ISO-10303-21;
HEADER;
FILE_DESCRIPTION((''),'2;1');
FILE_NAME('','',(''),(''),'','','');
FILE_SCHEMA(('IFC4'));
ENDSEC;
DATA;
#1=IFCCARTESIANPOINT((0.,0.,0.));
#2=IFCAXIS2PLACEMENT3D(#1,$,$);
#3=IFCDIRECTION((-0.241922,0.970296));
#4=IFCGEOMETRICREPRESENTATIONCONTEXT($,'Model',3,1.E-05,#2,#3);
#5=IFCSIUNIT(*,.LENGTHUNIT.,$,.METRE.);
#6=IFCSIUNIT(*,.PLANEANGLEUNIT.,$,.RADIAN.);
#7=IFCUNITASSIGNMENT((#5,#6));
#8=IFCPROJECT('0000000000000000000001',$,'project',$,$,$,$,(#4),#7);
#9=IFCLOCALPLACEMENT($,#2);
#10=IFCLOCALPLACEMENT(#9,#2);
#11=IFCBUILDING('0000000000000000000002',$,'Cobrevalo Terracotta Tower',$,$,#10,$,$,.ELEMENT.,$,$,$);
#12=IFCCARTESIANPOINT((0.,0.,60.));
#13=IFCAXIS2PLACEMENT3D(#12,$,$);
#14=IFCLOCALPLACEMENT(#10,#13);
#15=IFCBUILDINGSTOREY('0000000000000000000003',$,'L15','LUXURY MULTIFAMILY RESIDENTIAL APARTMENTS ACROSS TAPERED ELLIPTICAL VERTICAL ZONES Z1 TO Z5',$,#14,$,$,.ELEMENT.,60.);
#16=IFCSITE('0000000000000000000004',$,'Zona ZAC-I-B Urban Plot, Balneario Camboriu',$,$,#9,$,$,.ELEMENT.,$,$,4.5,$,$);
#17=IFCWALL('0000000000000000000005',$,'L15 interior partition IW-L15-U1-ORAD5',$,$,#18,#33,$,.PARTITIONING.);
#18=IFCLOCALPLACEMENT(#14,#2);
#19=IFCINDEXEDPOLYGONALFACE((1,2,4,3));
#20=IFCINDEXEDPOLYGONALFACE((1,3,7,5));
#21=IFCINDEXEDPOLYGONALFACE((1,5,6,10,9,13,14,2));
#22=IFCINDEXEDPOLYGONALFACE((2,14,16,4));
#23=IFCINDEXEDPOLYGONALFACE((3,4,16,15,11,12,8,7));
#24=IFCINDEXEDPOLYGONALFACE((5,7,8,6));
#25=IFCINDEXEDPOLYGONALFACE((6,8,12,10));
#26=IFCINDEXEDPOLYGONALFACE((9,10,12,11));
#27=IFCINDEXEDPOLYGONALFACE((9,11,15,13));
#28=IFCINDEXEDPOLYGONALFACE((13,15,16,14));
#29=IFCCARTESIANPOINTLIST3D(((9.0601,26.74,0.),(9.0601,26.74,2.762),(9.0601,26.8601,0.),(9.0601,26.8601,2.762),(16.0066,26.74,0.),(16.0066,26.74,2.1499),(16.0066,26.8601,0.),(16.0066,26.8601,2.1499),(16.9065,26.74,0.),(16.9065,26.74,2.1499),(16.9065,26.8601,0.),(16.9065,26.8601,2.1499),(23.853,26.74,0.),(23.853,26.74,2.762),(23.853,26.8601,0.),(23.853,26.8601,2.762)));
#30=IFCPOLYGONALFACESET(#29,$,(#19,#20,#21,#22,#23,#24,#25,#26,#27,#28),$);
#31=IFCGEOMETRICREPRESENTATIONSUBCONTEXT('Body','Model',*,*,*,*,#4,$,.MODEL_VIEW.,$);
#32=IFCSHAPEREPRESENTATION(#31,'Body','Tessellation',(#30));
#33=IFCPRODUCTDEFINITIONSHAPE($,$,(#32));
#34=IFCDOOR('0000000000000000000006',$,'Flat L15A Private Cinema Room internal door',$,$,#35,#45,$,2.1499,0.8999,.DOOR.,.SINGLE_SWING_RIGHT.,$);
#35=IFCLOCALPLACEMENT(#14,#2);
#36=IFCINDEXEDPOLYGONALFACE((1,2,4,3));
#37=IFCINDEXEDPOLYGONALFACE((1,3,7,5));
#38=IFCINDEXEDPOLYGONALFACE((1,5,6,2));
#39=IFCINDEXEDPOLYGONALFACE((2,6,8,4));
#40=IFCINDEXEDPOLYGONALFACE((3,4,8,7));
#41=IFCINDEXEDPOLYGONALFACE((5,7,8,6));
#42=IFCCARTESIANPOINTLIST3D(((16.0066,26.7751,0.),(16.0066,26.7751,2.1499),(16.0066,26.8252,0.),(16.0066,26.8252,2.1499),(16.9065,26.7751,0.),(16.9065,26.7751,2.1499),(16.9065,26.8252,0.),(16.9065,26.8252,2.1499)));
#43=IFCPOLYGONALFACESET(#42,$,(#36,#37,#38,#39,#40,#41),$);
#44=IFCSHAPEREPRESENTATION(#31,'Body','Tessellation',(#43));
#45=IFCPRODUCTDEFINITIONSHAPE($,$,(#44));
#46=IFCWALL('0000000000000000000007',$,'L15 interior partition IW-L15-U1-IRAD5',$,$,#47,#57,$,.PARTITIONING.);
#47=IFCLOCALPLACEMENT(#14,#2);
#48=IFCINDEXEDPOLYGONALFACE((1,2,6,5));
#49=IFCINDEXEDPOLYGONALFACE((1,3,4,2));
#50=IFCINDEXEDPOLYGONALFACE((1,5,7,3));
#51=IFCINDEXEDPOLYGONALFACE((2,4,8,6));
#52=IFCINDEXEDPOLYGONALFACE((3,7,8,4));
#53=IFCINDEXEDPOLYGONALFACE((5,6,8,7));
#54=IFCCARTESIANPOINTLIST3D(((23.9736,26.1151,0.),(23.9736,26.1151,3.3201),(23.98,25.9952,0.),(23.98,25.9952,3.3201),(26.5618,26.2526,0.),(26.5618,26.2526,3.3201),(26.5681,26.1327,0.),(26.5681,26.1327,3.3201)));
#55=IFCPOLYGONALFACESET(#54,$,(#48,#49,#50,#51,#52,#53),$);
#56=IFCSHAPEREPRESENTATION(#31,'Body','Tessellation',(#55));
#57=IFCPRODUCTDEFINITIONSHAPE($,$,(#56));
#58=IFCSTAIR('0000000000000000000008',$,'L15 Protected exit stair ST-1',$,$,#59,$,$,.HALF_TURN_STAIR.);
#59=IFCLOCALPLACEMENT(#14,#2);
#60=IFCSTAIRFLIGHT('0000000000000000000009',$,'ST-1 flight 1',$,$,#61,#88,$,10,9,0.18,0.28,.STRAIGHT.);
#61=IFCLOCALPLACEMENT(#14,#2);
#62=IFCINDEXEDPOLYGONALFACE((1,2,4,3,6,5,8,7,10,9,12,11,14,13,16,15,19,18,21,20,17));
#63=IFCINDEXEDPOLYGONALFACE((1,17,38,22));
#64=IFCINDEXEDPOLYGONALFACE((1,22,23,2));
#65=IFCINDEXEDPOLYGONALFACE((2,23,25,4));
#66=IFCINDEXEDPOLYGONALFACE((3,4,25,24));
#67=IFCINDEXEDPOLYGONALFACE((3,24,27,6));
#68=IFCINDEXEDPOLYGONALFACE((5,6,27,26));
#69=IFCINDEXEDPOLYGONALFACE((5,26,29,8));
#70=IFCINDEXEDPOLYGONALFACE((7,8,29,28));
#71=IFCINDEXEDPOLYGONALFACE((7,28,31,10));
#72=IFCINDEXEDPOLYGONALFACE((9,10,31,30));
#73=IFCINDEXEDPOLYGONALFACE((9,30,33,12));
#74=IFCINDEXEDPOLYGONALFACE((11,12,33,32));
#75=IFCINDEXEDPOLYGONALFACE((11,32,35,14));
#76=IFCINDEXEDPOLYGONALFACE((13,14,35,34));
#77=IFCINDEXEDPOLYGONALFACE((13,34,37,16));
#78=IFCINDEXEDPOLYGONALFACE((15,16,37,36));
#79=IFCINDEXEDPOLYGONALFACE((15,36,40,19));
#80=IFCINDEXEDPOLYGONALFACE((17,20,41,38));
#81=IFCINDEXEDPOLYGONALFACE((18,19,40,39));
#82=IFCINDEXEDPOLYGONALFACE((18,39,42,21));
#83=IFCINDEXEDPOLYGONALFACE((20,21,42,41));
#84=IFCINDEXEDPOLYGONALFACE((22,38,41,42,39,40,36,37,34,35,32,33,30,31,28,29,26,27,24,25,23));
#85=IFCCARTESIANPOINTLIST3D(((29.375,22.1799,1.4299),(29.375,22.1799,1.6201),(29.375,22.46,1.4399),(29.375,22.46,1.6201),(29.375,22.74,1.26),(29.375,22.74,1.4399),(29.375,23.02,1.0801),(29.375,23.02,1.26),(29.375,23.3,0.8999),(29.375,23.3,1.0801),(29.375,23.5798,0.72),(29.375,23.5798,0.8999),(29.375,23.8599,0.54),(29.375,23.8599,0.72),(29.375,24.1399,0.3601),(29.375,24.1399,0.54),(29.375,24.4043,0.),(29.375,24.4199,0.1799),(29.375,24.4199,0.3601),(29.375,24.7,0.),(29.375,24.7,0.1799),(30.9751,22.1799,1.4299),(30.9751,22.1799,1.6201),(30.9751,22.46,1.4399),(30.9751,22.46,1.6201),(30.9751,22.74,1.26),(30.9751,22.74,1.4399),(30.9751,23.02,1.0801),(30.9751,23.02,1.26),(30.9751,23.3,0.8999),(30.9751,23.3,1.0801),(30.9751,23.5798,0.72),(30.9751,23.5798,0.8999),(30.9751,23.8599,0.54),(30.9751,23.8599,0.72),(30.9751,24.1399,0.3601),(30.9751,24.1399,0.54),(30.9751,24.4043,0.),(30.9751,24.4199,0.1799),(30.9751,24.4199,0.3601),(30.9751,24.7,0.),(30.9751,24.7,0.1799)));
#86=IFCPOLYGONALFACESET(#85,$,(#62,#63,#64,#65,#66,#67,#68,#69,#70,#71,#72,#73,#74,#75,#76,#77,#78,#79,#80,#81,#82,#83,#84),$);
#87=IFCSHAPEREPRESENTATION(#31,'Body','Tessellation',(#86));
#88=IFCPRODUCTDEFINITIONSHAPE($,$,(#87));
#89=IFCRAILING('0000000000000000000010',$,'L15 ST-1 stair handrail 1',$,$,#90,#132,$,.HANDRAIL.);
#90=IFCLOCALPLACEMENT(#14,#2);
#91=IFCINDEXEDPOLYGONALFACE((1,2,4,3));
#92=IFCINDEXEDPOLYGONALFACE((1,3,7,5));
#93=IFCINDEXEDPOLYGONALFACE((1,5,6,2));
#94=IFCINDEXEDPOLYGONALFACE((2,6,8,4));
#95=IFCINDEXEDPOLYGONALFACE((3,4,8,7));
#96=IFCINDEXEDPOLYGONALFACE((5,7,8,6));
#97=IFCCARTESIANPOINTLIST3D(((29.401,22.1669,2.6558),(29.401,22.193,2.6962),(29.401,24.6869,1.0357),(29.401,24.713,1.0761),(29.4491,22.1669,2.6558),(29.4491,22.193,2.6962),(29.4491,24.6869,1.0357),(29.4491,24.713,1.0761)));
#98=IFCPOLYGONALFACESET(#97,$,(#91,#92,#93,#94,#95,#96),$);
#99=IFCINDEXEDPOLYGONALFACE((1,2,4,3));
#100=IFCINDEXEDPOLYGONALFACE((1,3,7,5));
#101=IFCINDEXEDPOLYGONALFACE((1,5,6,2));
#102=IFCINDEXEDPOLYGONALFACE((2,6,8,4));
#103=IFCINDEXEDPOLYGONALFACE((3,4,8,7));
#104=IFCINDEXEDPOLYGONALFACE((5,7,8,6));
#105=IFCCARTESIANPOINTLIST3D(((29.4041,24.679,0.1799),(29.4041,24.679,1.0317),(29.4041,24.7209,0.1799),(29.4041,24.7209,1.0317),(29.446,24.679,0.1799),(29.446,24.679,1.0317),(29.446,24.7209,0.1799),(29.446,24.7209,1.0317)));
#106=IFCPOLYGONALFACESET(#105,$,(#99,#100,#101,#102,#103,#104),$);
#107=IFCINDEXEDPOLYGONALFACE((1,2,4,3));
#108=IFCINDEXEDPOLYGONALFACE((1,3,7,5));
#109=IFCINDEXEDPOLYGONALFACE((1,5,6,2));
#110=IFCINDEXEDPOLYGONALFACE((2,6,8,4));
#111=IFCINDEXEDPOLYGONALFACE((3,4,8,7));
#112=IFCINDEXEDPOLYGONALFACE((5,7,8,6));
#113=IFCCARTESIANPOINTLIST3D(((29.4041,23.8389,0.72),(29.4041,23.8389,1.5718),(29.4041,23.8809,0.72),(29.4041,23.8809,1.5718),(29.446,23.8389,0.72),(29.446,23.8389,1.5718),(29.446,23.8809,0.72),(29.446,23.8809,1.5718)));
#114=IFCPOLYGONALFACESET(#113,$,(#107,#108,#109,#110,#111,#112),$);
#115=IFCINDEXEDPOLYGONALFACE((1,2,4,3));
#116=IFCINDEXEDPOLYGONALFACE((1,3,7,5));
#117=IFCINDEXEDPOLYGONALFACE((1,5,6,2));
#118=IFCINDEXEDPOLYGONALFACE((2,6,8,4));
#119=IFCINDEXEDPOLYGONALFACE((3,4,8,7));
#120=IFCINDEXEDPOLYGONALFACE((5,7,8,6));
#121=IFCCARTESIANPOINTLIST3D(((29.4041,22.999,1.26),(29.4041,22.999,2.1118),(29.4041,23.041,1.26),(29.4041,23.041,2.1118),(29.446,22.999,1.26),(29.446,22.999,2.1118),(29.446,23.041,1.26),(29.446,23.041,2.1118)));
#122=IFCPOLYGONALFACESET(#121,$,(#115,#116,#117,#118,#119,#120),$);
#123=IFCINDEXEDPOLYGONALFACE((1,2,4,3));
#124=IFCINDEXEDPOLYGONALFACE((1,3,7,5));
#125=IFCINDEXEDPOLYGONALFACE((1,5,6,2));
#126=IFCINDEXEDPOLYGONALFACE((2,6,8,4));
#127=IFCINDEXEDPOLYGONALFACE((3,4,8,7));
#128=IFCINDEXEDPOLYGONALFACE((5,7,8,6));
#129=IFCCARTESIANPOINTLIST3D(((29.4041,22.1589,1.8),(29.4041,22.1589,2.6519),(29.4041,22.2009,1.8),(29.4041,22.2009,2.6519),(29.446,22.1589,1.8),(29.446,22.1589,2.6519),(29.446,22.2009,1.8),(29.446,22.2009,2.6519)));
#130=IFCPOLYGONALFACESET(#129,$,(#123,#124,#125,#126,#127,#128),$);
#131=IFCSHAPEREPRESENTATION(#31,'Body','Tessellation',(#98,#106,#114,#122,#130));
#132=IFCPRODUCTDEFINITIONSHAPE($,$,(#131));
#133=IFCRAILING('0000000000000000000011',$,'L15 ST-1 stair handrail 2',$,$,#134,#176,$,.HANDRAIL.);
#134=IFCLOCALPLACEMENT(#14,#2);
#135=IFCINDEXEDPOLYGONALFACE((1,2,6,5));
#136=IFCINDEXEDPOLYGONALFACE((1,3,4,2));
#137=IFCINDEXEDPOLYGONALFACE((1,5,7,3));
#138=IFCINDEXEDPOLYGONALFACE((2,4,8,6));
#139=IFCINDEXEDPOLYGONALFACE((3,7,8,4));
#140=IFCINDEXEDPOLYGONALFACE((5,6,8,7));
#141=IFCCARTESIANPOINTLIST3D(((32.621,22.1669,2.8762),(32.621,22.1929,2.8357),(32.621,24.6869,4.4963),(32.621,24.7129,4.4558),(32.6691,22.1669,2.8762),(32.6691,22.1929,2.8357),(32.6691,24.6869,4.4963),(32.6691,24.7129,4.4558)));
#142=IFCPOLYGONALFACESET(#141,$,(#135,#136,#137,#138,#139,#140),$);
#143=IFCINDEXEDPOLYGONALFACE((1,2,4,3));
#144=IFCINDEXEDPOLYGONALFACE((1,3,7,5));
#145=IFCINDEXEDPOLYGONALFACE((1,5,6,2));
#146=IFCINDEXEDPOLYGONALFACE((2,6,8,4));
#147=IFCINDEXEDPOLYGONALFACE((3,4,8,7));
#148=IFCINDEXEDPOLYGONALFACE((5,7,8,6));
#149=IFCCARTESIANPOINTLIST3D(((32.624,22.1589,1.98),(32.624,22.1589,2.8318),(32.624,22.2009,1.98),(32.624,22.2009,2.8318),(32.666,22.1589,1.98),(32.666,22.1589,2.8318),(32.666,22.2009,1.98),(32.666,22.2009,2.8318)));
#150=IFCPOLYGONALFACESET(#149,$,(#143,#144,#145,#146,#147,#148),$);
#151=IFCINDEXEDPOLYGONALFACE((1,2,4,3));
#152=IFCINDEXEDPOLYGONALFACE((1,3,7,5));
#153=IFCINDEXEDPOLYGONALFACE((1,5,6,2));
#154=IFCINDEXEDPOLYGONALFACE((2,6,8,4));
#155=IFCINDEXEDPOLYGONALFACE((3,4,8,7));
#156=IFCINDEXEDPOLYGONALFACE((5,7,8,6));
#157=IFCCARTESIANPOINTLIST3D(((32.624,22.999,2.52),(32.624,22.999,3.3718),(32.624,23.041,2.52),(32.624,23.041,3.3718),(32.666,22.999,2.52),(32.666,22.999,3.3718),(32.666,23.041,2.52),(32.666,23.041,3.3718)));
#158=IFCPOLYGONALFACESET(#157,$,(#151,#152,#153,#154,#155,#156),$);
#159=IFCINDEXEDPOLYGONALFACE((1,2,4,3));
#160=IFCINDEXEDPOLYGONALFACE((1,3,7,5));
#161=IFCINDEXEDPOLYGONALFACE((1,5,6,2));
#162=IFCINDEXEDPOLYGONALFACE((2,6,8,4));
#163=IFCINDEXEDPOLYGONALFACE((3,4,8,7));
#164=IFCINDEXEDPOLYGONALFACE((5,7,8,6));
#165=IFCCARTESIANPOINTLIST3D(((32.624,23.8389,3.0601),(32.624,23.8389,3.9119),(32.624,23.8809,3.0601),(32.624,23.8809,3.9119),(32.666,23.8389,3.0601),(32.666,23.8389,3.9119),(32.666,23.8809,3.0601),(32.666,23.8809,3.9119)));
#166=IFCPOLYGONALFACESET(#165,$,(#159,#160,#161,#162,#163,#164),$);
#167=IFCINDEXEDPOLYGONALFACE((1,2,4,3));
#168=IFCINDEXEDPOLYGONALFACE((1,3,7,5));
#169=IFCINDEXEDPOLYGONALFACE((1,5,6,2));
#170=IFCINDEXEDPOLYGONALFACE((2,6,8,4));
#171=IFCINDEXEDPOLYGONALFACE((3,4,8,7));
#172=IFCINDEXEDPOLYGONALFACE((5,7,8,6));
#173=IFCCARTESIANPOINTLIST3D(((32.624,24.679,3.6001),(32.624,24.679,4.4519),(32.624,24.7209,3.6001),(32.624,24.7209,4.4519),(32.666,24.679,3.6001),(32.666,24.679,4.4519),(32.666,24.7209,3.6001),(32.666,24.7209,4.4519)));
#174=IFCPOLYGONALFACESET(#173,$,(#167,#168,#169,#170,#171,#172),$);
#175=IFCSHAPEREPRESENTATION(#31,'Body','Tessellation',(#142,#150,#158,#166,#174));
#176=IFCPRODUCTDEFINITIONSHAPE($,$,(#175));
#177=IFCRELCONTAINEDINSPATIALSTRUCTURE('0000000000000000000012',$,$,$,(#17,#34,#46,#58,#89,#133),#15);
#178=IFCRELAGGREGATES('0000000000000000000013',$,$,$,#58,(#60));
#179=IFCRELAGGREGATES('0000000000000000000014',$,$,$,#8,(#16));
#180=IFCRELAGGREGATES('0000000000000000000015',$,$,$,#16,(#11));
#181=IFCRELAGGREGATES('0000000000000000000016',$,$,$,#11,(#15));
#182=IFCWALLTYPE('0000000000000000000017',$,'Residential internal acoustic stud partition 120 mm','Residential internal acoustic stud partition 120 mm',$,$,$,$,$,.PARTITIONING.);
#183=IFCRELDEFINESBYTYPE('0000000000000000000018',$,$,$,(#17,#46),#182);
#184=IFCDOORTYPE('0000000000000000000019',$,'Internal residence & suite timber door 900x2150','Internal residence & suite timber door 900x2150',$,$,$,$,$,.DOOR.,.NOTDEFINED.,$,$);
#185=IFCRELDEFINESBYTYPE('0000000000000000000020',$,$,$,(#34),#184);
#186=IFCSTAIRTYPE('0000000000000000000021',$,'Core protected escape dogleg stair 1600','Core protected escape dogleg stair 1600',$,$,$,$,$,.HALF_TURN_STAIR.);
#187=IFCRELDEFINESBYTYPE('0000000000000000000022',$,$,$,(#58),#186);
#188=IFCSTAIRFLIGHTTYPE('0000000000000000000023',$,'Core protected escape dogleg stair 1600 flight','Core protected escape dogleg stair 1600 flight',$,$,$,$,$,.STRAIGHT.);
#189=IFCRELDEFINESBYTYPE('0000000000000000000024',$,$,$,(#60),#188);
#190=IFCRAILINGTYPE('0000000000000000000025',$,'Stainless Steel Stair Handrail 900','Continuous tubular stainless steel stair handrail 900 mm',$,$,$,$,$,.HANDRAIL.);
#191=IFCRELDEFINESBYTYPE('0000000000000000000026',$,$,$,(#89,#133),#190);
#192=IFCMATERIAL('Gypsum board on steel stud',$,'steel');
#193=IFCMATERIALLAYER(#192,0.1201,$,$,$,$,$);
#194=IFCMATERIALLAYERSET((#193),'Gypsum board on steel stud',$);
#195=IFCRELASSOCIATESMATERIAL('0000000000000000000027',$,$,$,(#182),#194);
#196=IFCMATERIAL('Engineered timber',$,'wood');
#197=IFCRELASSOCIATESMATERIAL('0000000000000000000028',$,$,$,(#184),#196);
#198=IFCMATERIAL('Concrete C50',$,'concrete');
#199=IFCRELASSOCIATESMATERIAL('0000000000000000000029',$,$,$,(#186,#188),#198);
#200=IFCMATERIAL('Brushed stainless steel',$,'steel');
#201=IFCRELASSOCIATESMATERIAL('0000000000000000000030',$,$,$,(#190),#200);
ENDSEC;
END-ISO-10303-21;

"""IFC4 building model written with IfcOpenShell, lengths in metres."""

from ifc_helpers import new_model, si_unit, direction, frame, frame_2d, origin, origin_2d, place, context, subcontext, project, spatial, polyline, rectangle, outline, extrude, source, transform, mapped, material, layer, layer_set, type_object, element, fill, aggregate, save


model = new_model("IFC4")

# Units and contexts
model_context = context("Model", 3, precision=1e-05, world=origin(), true_north=direction((-0.241922, 0.970296)))
body_context = subcontext(model_context, "Body", "Model", "MODEL_VIEW")
ifc_project = project(units=[si_unit("LENGTHUNIT", "METRE"), si_unit("PLANEANGLEUNIT", "RADIAN")], contexts=[model_context])

# Site, building, storey
site_placement = place(None, origin())
site = spatial("IfcSite", under=ifc_project, at=site_placement, Name="Zona ZAC-I-B Urban Plot, Balneario Camboriu", CompositionType="ELEMENT", RefElevation=4.5)
building_placement = place(site_placement, origin())
building = spatial("IfcBuilding", under=site, at=building_placement, Name="Cobrevalo Terracotta Tower", CompositionType="ELEMENT")
storey_placement = place(building_placement, frame((0.0, 0.0, 60.0)))
storey = spatial("IfcBuildingStorey", under=building, at=storey_placement, Name="L15", Description="LUXURY MULTIFAMILY RESIDENTIAL APARTMENTS ACROSS TAPERED ELLIPTICAL VERTICAL ZONES Z1 TO Z5", CompositionType="ELEMENT", Elevation=60.0)

# Shared definitions
ifc_material_1 = material(Name="Gypsum board on steel stud", Category="steel")

# Shared definitions
ifc_material_2 = material(Name="Brushed stainless steel", Category="steel")

# Wall, opening, door
ifc_layer_1 = layer(ifc_material_1, 0.1201)
ifc_layer_set_1 = layer_set([ifc_layer_1], Name="Gypsum board on steel stud")
wall_type_1 = type_object("IfcWallType", Name="Residential internal acoustic stud partition 120 mm", Description="Residential internal acoustic stud partition 120 mm", PredefinedType="PARTITIONING", material=ifc_layer_set_1)
ifc_material_3 = material(Name="Engineered timber", Category="wood")
door_type_1 = type_object("IfcDoorType", Name="Internal residence & suite timber door 900x2150", Description="Internal residence & suite timber door 900x2150", OperationType="NOTDEFINED", PredefinedType="DOOR", material=ifc_material_3)
shared_shape_1 = source(origin(), body_context, "Body", "SweptSolid", [
    extrude(rectangle(XDim=0.8999, YDim=2.1499, at=frame_2d((0.45, 1.075))), frame((0.0, 0.0249, 0.0), z_axis=(0.0, -1.0, 0.0), x_axis=(1.0, 0.0, 0.0)), (0.0, 0.0, 1.0), 0.05),
])
wall_1_placement = place(storey_placement, frame((23.853, 26.8, 0.0), z_axis=(0.0, 0.0, 1.0), x_axis=(-1.0, 0.0, 0.0)))
wall_1 = element("IfcWall", 1, at=wall_1_placement, inside=storey, type_object=wall_type_1, Name="L15 interior partition IW-L15-U1-ORAD5", PredefinedType="PARTITIONING", context=body_context, shape_type="SweptSolid", body=[
    extrude(rectangle(XDim=14.793, YDim=0.1201, at=frame_2d((7.3965, 0.0))), origin(), (0.0, 0.0, 1.0), 2.762),
])
opening_1_placement = place(wall_1_placement, frame((6.9465, 0.0, 0.0)))
opening_1 = element("IfcOpeningElement", 2, at=opening_1_placement, cuts=wall_1, PredefinedType="OPENING", context=body_context, shape_type="SweptSolid", body=[
    extrude(rectangle(XDim=0.8999, YDim=2.1499, at=frame_2d((0.45, 1.075))), frame((0.0, 0.0701, 0.0), z_axis=(0.0, -1.0, 0.0), x_axis=(1.0, 0.0, 0.0)), (0.0, 0.0, 1.0), 0.1401),
])
door_1_placement = place(opening_1_placement, origin())
door_1 = element("IfcDoor", 3, at=door_1_placement, inside=storey, type_object=door_type_1, Name="Flat L15A Private Cinema Room internal door", OperationType="SINGLE_SWING_RIGHT", OverallHeight=2.1499, OverallWidth=0.8999, PredefinedType="DOOR", context=body_context, shape_type="MappedRepresentation", body=[
    mapped(shared_shape_1, transform((0.0, 0.0, 0.0), scale=1.0)),
])
fill(opening_1, door_1)

# Wall
wall_2_placement = place(storey_placement, frame((26.5649, 26.1926, 0.0), z_axis=(0.0, 0.0, 1.0), x_axis=(-0.998593, -0.053033, 0.0)))
element("IfcWall", 4, at=wall_2_placement, inside=storey, type_object=wall_type_1, Name="L15 interior partition IW-L15-U1-IRAD5", PredefinedType="PARTITIONING", context=body_context, shape_type="SweptSolid", body=[
    extrude(rectangle(XDim=2.5918, YDim=0.1201, at=frame_2d((1.2959, 0.0))), origin(), (0.0, 0.0, 1.0), 3.3201),
])

# Shared definitions
ifc_material_4 = material(Name="Concrete C50", Category="concrete")

# Stair, stair flight
stair_type = type_object("IfcStairType", Name="Core protected escape dogleg stair 1600", Description="Core protected escape dogleg stair 1600", PredefinedType="HALF_TURN_STAIR", material=ifc_material_4)
stair_placement = place(storey_placement, origin())
stair = element("IfcStair", 5, at=stair_placement, inside=storey, type_object=stair_type, Name="L15 Protected exit stair ST-1", PredefinedType="HALF_TURN_STAIR")
stair_flight_type = type_object("IfcStairFlightType", Name="Core protected escape dogleg stair 1600 flight", Description="Core protected escape dogleg stair 1600 flight", PredefinedType="STRAIGHT", material=ifc_material_4)
stair_flight_placement = place(storey_placement, frame((30.175, 24.7, 0.0), z_axis=(0.0, 0.0, 1.0), x_axis=(0.0, -1.0, 0.0)))
stair_flight = element("IfcStairFlight", 6, at=stair_flight_placement, type_object=stair_flight_type, Name="ST-1 flight 1", NumberOfRisers=10, NumberOfTreads=9, PredefinedType="STRAIGHT", RiserHeight=0.18, TreadLength=0.28, context=body_context, shape_type="SweptSolid", body=[
    extrude(outline(polyline([(0.0, 0.0), (0.0, 0.1799), (0.28, 0.1799), (0.28, 0.3601), (0.5601, 0.3601), (0.5601, 0.54), (0.8401, 0.54), (0.8401, 0.72), (1.1201, 0.72), (1.1201, 0.8999), (1.3999, 0.8999), (1.3999, 1.0801), (1.6799, 1.0801), (1.6799, 1.26), (1.96, 1.26), (1.96, 1.4399), (2.24, 1.4399), (2.24, 1.6201), (2.52, 1.6201), (2.52, 1.8), (2.52, 1.4299), (0.2957, 0.0), (0.0, 0.0)])), frame((0.0, 0.8, 0.0), z_axis=(0.0, -1.0, 0.0), x_axis=(1.0, 0.0, 0.0)), (0.0, 0.0, 1.0), 1.6001),
])
aggregate(stair, [stair_flight])

# Railings
railing_type_1 = type_object("IfcRailingType", Name="Stainless Steel Stair Handrail 900", Description="Continuous tubular stainless steel stair handrail 900 mm", PredefinedType="HANDRAIL", material=ifc_material_2)
railing_1_placement = place(storey_placement, frame((29.425, 24.7, 0.1799)))
element("IfcRailing", 7, at=railing_1_placement, inside=storey, type_object=railing_type_1, Name="L15 ST-1 stair handrail 1", PredefinedType="HANDRAIL", context=body_context, shape_type="SweptSolid", body=[
    extrude(rectangle(XDim=0.0481, YDim=0.0481, at=origin_2d()), frame((0.0, 0.0, 0.876), z_axis=(0.0, -0.841163, 0.540782), x_axis=(1.0, 0.0, 0.0)), (0.0, 0.0, 1.0), 2.9958),
    extrude(rectangle(XDim=0.042, YDim=0.042, at=origin_2d()), origin(), (0.0, 0.0, 1.0), 0.8518),
    extrude(rectangle(XDim=0.042, YDim=0.042, at=origin_2d()), frame((0.0, -0.8401, 0.54)), (0.0, 0.0, 1.0), 0.8518),
    extrude(rectangle(XDim=0.042, YDim=0.042, at=origin_2d()), frame((0.0, -1.6799, 1.0801)), (0.0, 0.0, 1.0), 0.8518),
    extrude(rectangle(XDim=0.042, YDim=0.042, at=origin_2d()), frame((0.0, -2.52, 1.6201)), (0.0, 0.0, 1.0), 0.8518),
])
railing_2_placement = place(storey_placement, frame((32.645, 22.1799, 1.98)))
element("IfcRailing", 8, at=railing_2_placement, inside=storey, type_object=railing_type_1, Name="L15 ST-1 stair handrail 2", PredefinedType="HANDRAIL", context=body_context, shape_type="SweptSolid", body=[
    extrude(rectangle(XDim=0.0481, YDim=0.0481, at=origin_2d()), frame((0.0, 0.0, 0.876), z_axis=(0.0, 0.841163, 0.540782), x_axis=(-1.0, 0.0, 0.0)), (0.0, 0.0, 1.0), 2.9958),
    extrude(rectangle(XDim=0.042, YDim=0.042, at=origin_2d()), origin(), (0.0, 0.0, 1.0), 0.8518),
    extrude(rectangle(XDim=0.042, YDim=0.042, at=origin_2d()), frame((0.0, 0.8401, 0.54)), (0.0, 0.0, 1.0), 0.8518),
    extrude(rectangle(XDim=0.042, YDim=0.042, at=origin_2d()), frame((0.0, 1.6799, 1.0801)), (0.0, 0.0, 1.0), 0.8518),
    extrude(rectangle(XDim=0.042, YDim=0.042, at=origin_2d()), frame((0.0, 2.52, 1.6201)), (0.0, 0.0, 1.0), 0.8518),
])

save(model, "model.ifc")
